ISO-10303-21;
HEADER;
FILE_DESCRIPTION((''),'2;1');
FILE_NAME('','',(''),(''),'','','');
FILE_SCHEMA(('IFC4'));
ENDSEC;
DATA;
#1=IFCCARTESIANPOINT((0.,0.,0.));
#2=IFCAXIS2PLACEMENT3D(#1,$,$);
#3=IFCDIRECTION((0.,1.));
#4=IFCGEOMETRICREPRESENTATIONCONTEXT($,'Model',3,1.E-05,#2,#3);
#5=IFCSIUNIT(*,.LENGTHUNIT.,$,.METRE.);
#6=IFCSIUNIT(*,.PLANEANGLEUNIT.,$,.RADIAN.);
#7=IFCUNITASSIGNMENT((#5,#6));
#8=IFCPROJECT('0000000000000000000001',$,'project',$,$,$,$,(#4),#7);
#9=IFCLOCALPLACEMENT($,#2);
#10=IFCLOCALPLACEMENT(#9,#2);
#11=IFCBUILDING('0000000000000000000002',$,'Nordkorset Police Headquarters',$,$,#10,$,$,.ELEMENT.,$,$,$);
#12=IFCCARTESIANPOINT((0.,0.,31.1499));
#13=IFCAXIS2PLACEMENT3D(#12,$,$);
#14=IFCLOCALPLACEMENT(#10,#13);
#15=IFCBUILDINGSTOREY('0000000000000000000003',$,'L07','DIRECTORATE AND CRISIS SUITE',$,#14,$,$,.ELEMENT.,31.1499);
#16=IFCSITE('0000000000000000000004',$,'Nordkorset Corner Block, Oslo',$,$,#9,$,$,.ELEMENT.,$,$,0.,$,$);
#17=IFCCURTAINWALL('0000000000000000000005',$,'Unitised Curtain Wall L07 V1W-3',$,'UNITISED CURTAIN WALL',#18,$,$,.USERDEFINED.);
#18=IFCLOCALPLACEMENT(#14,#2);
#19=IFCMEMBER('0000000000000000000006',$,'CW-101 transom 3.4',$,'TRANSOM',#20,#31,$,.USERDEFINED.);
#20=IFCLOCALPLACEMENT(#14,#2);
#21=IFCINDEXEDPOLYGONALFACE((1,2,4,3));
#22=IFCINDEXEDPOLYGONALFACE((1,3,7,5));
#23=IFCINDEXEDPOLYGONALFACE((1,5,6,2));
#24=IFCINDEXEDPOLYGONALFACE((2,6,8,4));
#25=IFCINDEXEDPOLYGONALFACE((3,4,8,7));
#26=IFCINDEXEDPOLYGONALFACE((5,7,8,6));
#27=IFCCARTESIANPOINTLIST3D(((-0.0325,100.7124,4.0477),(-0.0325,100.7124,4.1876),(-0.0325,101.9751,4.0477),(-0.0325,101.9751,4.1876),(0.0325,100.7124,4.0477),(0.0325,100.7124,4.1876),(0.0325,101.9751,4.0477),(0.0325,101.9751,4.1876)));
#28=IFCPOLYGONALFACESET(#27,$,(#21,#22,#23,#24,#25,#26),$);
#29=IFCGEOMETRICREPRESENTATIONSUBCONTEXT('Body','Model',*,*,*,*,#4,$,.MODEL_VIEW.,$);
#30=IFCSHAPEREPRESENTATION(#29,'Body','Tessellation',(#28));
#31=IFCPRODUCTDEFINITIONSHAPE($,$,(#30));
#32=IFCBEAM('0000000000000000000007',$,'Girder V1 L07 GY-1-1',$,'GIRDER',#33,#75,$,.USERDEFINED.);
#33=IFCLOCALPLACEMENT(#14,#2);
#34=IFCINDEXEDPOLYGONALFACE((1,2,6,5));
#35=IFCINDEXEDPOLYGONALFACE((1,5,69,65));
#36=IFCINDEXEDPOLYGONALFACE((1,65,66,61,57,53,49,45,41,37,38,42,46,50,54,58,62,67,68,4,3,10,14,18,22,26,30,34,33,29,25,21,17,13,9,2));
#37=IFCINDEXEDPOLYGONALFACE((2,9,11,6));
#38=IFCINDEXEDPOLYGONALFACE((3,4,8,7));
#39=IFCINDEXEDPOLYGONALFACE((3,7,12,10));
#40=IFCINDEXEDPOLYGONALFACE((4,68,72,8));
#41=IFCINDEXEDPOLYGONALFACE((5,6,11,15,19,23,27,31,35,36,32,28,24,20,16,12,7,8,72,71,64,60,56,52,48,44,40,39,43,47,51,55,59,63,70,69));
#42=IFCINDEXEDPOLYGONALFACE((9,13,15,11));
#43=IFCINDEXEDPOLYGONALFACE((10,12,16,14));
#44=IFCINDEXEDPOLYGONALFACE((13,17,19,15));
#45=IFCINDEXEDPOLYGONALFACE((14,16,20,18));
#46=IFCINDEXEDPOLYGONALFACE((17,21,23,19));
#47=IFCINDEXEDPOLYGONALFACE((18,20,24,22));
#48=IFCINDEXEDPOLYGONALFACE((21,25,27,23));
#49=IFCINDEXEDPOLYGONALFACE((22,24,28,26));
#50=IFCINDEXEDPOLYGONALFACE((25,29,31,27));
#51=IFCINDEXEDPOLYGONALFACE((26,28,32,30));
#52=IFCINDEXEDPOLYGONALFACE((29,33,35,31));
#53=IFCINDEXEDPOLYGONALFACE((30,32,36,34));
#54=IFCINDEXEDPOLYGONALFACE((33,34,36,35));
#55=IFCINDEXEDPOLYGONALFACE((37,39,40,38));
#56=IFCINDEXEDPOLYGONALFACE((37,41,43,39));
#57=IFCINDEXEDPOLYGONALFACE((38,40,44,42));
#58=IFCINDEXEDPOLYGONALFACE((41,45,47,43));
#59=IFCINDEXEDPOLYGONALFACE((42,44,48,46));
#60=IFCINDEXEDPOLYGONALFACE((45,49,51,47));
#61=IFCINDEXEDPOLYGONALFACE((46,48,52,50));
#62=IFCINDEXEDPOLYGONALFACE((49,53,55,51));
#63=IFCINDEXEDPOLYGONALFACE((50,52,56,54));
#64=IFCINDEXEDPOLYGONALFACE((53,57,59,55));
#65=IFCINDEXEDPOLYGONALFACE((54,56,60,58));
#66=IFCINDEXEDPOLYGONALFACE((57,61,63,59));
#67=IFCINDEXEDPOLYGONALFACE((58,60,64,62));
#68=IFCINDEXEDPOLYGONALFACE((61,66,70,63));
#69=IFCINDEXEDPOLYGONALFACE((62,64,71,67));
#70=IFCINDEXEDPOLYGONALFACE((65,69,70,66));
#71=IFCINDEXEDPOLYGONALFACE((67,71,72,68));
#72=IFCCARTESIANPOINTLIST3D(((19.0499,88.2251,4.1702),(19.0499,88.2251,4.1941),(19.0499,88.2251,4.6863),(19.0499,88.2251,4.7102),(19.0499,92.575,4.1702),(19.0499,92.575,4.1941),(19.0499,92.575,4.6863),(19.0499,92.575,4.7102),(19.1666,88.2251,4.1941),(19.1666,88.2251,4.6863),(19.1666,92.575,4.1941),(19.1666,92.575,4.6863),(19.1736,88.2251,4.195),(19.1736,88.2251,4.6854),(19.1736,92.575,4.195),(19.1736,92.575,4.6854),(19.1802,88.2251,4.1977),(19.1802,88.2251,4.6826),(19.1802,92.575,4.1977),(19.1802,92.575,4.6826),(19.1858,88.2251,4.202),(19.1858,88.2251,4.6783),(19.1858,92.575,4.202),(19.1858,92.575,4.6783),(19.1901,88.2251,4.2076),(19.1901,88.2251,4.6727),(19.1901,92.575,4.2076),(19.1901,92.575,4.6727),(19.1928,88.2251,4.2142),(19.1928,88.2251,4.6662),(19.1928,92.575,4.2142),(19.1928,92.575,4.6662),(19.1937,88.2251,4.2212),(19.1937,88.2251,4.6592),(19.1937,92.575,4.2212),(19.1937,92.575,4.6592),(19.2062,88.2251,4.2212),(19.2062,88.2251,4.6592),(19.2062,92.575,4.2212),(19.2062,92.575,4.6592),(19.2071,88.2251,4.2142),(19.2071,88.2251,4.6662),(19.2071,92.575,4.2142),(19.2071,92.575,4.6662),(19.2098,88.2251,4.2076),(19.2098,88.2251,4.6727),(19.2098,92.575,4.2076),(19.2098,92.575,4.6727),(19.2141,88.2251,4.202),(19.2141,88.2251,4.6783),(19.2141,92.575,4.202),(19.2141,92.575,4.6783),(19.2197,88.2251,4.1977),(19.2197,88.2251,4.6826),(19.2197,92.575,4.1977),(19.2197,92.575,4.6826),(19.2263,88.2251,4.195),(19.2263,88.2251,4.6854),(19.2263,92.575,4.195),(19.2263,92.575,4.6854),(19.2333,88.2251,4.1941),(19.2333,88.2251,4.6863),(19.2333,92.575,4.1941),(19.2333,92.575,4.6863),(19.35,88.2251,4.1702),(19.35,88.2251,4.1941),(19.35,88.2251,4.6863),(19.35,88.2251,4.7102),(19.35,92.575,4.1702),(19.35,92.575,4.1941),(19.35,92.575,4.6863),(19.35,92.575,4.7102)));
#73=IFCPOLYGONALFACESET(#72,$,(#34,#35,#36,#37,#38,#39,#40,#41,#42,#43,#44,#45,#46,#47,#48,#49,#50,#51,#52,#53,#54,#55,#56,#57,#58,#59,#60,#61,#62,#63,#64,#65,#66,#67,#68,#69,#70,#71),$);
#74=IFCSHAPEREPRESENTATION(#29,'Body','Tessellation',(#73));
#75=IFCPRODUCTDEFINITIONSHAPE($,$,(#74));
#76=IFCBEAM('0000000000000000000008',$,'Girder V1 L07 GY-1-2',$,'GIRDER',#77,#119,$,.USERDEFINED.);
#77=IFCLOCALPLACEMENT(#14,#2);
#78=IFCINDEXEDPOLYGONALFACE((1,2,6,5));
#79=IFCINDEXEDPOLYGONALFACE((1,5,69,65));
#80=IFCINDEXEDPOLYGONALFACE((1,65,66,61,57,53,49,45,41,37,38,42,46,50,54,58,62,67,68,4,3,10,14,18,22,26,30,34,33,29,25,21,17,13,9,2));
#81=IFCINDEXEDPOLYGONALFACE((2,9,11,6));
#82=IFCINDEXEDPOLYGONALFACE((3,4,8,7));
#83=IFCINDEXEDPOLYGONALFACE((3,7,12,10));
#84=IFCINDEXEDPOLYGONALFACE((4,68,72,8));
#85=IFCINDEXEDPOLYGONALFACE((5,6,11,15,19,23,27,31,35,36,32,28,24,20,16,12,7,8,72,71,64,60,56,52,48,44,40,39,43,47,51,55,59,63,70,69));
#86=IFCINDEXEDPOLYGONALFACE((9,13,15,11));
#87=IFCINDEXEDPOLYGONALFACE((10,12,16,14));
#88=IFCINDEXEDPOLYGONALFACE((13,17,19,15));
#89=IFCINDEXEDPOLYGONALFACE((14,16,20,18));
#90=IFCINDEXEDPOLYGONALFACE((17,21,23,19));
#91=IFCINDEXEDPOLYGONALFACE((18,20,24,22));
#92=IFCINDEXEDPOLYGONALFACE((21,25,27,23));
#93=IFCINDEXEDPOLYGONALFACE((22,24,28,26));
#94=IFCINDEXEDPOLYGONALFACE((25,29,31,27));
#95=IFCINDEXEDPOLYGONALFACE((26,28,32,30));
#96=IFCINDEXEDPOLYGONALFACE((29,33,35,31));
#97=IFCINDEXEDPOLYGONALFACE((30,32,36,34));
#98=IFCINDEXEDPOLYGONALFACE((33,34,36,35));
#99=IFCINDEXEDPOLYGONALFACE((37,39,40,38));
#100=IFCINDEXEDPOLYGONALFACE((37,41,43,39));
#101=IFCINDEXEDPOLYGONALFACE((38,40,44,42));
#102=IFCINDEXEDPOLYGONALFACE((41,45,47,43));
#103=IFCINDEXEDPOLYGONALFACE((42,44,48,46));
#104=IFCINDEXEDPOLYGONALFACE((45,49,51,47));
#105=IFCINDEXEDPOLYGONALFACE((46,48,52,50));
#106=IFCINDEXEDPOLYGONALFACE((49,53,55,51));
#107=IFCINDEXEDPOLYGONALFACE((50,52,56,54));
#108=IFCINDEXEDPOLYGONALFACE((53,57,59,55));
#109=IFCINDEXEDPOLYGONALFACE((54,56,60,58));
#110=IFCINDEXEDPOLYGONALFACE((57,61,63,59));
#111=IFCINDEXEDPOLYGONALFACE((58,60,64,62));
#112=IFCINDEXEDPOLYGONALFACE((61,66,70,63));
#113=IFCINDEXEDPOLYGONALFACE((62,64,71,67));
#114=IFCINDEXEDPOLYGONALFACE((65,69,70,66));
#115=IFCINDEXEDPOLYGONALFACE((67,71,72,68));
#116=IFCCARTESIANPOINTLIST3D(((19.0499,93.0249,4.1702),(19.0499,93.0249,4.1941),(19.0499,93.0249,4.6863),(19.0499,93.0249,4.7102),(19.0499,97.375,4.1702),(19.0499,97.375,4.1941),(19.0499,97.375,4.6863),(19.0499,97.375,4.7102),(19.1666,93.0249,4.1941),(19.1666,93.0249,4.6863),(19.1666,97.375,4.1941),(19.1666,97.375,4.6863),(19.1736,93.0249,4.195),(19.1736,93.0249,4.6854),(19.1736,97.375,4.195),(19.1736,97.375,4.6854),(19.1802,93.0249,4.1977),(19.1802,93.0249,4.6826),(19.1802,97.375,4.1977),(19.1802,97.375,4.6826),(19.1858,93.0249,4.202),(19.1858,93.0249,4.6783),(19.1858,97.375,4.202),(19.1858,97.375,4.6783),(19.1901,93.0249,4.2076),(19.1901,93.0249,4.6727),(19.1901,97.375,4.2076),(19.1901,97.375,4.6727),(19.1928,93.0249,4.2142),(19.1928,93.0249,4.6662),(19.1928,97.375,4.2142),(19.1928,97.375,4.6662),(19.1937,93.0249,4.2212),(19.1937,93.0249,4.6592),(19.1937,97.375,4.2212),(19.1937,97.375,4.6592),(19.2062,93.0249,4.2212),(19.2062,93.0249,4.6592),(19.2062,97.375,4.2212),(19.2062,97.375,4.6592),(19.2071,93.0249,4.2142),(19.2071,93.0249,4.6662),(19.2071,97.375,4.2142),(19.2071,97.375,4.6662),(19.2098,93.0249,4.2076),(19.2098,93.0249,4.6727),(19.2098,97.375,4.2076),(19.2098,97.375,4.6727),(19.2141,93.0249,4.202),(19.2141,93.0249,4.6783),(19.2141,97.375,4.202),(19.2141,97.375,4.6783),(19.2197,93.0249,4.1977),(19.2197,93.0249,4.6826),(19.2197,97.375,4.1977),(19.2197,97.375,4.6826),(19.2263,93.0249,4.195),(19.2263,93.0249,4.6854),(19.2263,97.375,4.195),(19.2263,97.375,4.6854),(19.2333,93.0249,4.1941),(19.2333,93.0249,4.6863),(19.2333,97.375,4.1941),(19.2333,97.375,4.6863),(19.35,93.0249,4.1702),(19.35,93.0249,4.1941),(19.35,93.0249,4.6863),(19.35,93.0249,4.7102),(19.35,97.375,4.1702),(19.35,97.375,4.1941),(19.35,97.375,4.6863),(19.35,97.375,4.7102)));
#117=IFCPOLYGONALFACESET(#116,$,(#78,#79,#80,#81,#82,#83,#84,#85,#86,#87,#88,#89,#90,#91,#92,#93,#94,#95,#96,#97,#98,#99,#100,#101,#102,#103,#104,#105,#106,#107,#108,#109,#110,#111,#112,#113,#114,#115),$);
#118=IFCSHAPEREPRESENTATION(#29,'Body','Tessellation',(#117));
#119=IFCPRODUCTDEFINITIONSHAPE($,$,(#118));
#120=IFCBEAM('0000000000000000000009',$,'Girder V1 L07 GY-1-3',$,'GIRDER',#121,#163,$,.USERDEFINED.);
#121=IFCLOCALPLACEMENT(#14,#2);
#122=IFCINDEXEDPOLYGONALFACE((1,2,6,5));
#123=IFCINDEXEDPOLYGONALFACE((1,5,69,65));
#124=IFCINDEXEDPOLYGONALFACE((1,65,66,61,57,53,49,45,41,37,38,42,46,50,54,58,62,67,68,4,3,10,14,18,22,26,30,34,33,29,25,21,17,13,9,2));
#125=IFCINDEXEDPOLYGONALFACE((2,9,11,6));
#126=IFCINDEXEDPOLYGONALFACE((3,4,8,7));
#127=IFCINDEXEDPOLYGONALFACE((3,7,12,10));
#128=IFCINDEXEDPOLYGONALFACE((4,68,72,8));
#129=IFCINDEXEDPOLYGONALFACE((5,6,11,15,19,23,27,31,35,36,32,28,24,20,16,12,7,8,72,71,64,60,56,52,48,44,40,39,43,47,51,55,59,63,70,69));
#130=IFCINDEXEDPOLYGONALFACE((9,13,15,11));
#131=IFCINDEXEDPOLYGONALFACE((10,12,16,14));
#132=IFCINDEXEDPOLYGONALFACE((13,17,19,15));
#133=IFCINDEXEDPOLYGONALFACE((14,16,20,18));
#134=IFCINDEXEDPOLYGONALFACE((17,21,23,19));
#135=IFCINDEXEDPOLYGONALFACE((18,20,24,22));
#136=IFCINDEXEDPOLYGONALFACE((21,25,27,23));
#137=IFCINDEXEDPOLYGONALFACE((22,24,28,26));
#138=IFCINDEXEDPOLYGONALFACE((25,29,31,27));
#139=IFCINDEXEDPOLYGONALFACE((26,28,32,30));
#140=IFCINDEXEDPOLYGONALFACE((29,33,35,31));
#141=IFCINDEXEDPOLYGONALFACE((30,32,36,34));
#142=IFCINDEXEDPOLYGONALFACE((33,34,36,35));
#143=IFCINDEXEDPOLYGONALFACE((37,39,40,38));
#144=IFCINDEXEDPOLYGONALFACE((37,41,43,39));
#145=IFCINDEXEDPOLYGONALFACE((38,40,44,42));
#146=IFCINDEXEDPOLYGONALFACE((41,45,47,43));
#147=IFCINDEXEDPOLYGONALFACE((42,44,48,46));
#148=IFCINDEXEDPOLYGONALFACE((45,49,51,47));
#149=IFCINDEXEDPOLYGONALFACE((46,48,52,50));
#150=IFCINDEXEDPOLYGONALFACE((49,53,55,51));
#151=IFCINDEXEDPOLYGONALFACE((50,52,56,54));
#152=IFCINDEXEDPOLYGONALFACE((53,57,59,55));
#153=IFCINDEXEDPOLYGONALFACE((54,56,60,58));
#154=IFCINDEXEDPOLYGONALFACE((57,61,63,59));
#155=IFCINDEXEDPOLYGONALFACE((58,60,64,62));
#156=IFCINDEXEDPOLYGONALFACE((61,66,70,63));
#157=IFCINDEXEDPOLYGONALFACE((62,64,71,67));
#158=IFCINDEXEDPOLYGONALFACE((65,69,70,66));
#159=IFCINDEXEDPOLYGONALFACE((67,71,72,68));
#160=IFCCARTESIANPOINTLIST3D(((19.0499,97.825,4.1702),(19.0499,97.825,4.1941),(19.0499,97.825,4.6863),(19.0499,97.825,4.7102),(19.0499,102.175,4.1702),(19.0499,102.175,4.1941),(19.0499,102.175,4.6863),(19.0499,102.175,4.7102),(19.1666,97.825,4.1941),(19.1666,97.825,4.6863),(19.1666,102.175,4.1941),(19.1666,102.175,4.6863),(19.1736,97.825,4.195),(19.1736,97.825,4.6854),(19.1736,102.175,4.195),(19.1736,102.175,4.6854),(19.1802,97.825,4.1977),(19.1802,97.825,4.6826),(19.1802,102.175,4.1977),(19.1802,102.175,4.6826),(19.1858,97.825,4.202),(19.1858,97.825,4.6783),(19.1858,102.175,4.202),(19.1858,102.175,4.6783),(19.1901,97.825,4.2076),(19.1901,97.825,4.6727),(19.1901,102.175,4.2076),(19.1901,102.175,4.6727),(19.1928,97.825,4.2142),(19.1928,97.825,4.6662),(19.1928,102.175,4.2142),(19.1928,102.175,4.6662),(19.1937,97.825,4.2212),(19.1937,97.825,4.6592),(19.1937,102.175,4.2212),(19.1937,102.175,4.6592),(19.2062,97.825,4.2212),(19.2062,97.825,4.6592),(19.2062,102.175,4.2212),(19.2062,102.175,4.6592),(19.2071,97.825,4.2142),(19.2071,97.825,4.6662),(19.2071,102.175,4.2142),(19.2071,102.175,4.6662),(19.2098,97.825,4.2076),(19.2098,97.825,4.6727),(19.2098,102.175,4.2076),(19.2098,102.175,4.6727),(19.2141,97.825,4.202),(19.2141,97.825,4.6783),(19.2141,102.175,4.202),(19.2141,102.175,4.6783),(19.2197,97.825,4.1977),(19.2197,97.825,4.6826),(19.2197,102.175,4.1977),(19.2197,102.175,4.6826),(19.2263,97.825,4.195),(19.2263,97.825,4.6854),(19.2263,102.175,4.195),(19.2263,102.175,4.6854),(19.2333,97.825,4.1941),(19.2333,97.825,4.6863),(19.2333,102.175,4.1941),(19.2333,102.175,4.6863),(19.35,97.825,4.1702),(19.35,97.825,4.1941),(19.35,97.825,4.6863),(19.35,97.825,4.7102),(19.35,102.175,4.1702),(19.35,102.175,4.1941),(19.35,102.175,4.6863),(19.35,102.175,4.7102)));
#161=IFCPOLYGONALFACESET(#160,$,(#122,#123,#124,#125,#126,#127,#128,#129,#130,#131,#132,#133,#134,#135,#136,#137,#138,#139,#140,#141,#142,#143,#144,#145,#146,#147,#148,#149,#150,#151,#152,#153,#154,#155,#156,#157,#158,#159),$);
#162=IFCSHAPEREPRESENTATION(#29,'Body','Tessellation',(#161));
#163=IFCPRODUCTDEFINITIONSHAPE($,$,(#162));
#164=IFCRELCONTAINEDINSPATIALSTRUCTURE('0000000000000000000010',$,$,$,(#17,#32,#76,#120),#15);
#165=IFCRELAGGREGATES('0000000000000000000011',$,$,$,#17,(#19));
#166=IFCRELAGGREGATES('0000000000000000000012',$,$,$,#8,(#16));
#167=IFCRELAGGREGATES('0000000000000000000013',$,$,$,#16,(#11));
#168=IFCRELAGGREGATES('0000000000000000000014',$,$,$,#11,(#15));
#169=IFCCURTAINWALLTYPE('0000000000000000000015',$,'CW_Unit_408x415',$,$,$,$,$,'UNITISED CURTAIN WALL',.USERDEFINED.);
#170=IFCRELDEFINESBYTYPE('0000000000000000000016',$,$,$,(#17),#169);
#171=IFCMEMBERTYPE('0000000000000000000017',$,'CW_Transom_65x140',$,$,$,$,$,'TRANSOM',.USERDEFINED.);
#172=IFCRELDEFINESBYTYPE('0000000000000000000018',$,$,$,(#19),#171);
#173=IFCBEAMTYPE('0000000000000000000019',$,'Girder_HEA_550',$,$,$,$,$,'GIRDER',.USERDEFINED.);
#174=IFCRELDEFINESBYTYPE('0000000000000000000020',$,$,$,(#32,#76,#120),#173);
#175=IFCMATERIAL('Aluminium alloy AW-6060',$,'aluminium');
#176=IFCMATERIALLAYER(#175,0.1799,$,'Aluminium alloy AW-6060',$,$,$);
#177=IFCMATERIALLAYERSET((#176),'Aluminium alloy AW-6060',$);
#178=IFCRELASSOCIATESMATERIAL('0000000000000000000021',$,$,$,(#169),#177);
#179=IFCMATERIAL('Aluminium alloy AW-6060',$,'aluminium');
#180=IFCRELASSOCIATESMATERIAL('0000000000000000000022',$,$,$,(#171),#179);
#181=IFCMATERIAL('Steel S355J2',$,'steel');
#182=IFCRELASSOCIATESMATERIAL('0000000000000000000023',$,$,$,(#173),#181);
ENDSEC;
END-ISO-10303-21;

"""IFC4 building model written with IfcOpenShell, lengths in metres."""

from ifc_helpers import new_model, si_unit, direction, frame, origin, origin_2d, place, context, subcontext, project, spatial, rectangle, i_section, extrude, material, layer, layer_set, material_profile, profile_set, type_object, element, aggregate, save


model = new_model("IFC4")

# Units and contexts
model_context = context("Model", 3, precision=1e-05, world=origin(), true_north=direction((0.0, 1.0)))
body_context = subcontext(model_context, "Body", "Model", "MODEL_VIEW")
ifc_project = project(units=[si_unit("LENGTHUNIT", "METRE"), si_unit("PLANEANGLEUNIT", "RADIAN")], contexts=[model_context])

# Site, building, storey
site_placement = place(None, origin())
site = spatial("IfcSite", under=ifc_project, at=site_placement, Name="Nordkorset Corner Block, Oslo", CompositionType="ELEMENT", RefElevation=0.0)
building_placement = place(site_placement, origin())
building = spatial("IfcBuilding", under=site, at=building_placement, Name="Nordkorset Police Headquarters", CompositionType="ELEMENT")
storey_placement = place(building_placement, frame((0.0, 0.0, 31.1499)))
storey = spatial("IfcBuildingStorey", under=building, at=storey_placement, Name="L07", Description="DIRECTORATE AND CRISIS SUITE", CompositionType="ELEMENT", Elevation=31.1499)

# Curtain wall, member
ifc_material_1 = material(Name="Aluminium alloy AW-6060", Category="aluminium")
ifc_layer_1 = layer(ifc_material_1, 0.1799, Name="Aluminium alloy AW-6060")
ifc_layer_set_1 = layer_set([ifc_layer_1], Name="Aluminium alloy AW-6060")
curtain_wall_type = type_object("IfcCurtainWallType", Name="CW_Unit_408x415", ElementType="UNITISED CURTAIN WALL", PredefinedType="USERDEFINED", material=ifc_layer_set_1)
curtain_wall_placement = place(storey_placement, origin())
curtain_wall = element("IfcCurtainWall", 1, at=curtain_wall_placement, inside=storey, type_object=curtain_wall_type, Name="Unitised Curtain Wall L07 V1W-3", ObjectType="UNITISED CURTAIN WALL", PredefinedType="USERDEFINED")
ifc_material_2 = material(Name="Aluminium alloy AW-6060", Category="aluminium")
ifc_material_profile_1 = material_profile(ifc_material_2, rectangle(XDim=0.0649, YDim=0.1399, at=origin_2d()), Name="ALU TRAN 65x140")
ifc_profile_set_1 = profile_set([ifc_material_profile_1], Name="Aluminium alloy AW-6060")
member_type_1 = type_object("IfcMemberType", Name="CW_Transom_65x140", ElementType="TRANSOM", PredefinedType="USERDEFINED", material=ifc_profile_set_1)
member_1_placement = place(storey_placement, frame((0.0, 100.7124, 4.1177), z_axis=(0.0, 1.0, 0.0), x_axis=(-1.0, 0.0, 0.0)))
member_1 = element("IfcMember", 2, at=member_1_placement, type_object=member_type_1, Name="CW-101 transom 3.4", ObjectType="TRANSOM", PredefinedType="USERDEFINED", context=body_context, shape_type="SweptSolid", body=[
    extrude(rectangle(XDim=0.0649, YDim=0.1399, at=origin_2d()), origin(), (0.0, 0.0, 1.0), 1.2627),
])

# Beams
ifc_material_3 = material(Name="Steel S355J2", Category="steel")
ifc_material_profile_2 = material_profile(ifc_material_3, i_section(OverallWidth=0.3, OverallDepth=0.54, WebThickness=0.0125, FlangeThickness=0.0239, FilletRadius=0.0271, at=origin_2d()), Name="HEA 550")
ifc_profile_set_2 = profile_set([ifc_material_profile_2], Name="Steel S355J2")
beam_type_1 = type_object("IfcBeamType", Name="Girder_HEA_550", ElementType="GIRDER", PredefinedType="USERDEFINED", material=ifc_profile_set_2)
beam_1_placement = place(storey_placement, frame((19.2, 88.2251, 4.4402), z_axis=(0.0, 1.0, 0.0), x_axis=(-1.0, 0.0, 0.0)))
element("IfcBeam", 3, at=beam_1_placement, inside=storey, type_object=beam_type_1, Name="Girder V1 L07 GY-1-1", ObjectType="GIRDER", PredefinedType="USERDEFINED", context=body_context, shape_type="SweptSolid", body=[
    extrude(i_section(OverallWidth=0.3, OverallDepth=0.54, WebThickness=0.0125, FlangeThickness=0.0239, FilletRadius=0.0271, at=origin_2d()), origin(), (0.0, 0.0, 1.0), 4.3499),
])
for number, where, z_axis, x_axis, name in (
    (4, (19.2, 93.0249, 4.4402), (0.0, 1.0, 0.0), (-1.0, 0.0, 0.0), "Girder V1 L07 GY-1-2"),
    (5, (19.2, 97.825, 4.4402), (0.0, 1.0, 0.0), (-1.0, 0.0, 0.0), "Girder V1 L07 GY-1-3"),
):
    element("IfcBeam", number, at=place(storey_placement, frame(where, z_axis=z_axis, x_axis=x_axis)), inside=storey, type_object=beam_type_1, Name=name, ObjectType="GIRDER", PredefinedType="USERDEFINED", context=body_context, shape_type="SweptSolid", body=[
        extrude(i_section(OverallWidth=0.3, OverallDepth=0.54, WebThickness=0.0125, FlangeThickness=0.0239, FilletRadius=0.0271, at=origin_2d()), origin(), (0.0, 0.0, 1.0), 4.3501),
    ])

aggregate(curtain_wall, [member_1])

save(model, "model.ifc")
